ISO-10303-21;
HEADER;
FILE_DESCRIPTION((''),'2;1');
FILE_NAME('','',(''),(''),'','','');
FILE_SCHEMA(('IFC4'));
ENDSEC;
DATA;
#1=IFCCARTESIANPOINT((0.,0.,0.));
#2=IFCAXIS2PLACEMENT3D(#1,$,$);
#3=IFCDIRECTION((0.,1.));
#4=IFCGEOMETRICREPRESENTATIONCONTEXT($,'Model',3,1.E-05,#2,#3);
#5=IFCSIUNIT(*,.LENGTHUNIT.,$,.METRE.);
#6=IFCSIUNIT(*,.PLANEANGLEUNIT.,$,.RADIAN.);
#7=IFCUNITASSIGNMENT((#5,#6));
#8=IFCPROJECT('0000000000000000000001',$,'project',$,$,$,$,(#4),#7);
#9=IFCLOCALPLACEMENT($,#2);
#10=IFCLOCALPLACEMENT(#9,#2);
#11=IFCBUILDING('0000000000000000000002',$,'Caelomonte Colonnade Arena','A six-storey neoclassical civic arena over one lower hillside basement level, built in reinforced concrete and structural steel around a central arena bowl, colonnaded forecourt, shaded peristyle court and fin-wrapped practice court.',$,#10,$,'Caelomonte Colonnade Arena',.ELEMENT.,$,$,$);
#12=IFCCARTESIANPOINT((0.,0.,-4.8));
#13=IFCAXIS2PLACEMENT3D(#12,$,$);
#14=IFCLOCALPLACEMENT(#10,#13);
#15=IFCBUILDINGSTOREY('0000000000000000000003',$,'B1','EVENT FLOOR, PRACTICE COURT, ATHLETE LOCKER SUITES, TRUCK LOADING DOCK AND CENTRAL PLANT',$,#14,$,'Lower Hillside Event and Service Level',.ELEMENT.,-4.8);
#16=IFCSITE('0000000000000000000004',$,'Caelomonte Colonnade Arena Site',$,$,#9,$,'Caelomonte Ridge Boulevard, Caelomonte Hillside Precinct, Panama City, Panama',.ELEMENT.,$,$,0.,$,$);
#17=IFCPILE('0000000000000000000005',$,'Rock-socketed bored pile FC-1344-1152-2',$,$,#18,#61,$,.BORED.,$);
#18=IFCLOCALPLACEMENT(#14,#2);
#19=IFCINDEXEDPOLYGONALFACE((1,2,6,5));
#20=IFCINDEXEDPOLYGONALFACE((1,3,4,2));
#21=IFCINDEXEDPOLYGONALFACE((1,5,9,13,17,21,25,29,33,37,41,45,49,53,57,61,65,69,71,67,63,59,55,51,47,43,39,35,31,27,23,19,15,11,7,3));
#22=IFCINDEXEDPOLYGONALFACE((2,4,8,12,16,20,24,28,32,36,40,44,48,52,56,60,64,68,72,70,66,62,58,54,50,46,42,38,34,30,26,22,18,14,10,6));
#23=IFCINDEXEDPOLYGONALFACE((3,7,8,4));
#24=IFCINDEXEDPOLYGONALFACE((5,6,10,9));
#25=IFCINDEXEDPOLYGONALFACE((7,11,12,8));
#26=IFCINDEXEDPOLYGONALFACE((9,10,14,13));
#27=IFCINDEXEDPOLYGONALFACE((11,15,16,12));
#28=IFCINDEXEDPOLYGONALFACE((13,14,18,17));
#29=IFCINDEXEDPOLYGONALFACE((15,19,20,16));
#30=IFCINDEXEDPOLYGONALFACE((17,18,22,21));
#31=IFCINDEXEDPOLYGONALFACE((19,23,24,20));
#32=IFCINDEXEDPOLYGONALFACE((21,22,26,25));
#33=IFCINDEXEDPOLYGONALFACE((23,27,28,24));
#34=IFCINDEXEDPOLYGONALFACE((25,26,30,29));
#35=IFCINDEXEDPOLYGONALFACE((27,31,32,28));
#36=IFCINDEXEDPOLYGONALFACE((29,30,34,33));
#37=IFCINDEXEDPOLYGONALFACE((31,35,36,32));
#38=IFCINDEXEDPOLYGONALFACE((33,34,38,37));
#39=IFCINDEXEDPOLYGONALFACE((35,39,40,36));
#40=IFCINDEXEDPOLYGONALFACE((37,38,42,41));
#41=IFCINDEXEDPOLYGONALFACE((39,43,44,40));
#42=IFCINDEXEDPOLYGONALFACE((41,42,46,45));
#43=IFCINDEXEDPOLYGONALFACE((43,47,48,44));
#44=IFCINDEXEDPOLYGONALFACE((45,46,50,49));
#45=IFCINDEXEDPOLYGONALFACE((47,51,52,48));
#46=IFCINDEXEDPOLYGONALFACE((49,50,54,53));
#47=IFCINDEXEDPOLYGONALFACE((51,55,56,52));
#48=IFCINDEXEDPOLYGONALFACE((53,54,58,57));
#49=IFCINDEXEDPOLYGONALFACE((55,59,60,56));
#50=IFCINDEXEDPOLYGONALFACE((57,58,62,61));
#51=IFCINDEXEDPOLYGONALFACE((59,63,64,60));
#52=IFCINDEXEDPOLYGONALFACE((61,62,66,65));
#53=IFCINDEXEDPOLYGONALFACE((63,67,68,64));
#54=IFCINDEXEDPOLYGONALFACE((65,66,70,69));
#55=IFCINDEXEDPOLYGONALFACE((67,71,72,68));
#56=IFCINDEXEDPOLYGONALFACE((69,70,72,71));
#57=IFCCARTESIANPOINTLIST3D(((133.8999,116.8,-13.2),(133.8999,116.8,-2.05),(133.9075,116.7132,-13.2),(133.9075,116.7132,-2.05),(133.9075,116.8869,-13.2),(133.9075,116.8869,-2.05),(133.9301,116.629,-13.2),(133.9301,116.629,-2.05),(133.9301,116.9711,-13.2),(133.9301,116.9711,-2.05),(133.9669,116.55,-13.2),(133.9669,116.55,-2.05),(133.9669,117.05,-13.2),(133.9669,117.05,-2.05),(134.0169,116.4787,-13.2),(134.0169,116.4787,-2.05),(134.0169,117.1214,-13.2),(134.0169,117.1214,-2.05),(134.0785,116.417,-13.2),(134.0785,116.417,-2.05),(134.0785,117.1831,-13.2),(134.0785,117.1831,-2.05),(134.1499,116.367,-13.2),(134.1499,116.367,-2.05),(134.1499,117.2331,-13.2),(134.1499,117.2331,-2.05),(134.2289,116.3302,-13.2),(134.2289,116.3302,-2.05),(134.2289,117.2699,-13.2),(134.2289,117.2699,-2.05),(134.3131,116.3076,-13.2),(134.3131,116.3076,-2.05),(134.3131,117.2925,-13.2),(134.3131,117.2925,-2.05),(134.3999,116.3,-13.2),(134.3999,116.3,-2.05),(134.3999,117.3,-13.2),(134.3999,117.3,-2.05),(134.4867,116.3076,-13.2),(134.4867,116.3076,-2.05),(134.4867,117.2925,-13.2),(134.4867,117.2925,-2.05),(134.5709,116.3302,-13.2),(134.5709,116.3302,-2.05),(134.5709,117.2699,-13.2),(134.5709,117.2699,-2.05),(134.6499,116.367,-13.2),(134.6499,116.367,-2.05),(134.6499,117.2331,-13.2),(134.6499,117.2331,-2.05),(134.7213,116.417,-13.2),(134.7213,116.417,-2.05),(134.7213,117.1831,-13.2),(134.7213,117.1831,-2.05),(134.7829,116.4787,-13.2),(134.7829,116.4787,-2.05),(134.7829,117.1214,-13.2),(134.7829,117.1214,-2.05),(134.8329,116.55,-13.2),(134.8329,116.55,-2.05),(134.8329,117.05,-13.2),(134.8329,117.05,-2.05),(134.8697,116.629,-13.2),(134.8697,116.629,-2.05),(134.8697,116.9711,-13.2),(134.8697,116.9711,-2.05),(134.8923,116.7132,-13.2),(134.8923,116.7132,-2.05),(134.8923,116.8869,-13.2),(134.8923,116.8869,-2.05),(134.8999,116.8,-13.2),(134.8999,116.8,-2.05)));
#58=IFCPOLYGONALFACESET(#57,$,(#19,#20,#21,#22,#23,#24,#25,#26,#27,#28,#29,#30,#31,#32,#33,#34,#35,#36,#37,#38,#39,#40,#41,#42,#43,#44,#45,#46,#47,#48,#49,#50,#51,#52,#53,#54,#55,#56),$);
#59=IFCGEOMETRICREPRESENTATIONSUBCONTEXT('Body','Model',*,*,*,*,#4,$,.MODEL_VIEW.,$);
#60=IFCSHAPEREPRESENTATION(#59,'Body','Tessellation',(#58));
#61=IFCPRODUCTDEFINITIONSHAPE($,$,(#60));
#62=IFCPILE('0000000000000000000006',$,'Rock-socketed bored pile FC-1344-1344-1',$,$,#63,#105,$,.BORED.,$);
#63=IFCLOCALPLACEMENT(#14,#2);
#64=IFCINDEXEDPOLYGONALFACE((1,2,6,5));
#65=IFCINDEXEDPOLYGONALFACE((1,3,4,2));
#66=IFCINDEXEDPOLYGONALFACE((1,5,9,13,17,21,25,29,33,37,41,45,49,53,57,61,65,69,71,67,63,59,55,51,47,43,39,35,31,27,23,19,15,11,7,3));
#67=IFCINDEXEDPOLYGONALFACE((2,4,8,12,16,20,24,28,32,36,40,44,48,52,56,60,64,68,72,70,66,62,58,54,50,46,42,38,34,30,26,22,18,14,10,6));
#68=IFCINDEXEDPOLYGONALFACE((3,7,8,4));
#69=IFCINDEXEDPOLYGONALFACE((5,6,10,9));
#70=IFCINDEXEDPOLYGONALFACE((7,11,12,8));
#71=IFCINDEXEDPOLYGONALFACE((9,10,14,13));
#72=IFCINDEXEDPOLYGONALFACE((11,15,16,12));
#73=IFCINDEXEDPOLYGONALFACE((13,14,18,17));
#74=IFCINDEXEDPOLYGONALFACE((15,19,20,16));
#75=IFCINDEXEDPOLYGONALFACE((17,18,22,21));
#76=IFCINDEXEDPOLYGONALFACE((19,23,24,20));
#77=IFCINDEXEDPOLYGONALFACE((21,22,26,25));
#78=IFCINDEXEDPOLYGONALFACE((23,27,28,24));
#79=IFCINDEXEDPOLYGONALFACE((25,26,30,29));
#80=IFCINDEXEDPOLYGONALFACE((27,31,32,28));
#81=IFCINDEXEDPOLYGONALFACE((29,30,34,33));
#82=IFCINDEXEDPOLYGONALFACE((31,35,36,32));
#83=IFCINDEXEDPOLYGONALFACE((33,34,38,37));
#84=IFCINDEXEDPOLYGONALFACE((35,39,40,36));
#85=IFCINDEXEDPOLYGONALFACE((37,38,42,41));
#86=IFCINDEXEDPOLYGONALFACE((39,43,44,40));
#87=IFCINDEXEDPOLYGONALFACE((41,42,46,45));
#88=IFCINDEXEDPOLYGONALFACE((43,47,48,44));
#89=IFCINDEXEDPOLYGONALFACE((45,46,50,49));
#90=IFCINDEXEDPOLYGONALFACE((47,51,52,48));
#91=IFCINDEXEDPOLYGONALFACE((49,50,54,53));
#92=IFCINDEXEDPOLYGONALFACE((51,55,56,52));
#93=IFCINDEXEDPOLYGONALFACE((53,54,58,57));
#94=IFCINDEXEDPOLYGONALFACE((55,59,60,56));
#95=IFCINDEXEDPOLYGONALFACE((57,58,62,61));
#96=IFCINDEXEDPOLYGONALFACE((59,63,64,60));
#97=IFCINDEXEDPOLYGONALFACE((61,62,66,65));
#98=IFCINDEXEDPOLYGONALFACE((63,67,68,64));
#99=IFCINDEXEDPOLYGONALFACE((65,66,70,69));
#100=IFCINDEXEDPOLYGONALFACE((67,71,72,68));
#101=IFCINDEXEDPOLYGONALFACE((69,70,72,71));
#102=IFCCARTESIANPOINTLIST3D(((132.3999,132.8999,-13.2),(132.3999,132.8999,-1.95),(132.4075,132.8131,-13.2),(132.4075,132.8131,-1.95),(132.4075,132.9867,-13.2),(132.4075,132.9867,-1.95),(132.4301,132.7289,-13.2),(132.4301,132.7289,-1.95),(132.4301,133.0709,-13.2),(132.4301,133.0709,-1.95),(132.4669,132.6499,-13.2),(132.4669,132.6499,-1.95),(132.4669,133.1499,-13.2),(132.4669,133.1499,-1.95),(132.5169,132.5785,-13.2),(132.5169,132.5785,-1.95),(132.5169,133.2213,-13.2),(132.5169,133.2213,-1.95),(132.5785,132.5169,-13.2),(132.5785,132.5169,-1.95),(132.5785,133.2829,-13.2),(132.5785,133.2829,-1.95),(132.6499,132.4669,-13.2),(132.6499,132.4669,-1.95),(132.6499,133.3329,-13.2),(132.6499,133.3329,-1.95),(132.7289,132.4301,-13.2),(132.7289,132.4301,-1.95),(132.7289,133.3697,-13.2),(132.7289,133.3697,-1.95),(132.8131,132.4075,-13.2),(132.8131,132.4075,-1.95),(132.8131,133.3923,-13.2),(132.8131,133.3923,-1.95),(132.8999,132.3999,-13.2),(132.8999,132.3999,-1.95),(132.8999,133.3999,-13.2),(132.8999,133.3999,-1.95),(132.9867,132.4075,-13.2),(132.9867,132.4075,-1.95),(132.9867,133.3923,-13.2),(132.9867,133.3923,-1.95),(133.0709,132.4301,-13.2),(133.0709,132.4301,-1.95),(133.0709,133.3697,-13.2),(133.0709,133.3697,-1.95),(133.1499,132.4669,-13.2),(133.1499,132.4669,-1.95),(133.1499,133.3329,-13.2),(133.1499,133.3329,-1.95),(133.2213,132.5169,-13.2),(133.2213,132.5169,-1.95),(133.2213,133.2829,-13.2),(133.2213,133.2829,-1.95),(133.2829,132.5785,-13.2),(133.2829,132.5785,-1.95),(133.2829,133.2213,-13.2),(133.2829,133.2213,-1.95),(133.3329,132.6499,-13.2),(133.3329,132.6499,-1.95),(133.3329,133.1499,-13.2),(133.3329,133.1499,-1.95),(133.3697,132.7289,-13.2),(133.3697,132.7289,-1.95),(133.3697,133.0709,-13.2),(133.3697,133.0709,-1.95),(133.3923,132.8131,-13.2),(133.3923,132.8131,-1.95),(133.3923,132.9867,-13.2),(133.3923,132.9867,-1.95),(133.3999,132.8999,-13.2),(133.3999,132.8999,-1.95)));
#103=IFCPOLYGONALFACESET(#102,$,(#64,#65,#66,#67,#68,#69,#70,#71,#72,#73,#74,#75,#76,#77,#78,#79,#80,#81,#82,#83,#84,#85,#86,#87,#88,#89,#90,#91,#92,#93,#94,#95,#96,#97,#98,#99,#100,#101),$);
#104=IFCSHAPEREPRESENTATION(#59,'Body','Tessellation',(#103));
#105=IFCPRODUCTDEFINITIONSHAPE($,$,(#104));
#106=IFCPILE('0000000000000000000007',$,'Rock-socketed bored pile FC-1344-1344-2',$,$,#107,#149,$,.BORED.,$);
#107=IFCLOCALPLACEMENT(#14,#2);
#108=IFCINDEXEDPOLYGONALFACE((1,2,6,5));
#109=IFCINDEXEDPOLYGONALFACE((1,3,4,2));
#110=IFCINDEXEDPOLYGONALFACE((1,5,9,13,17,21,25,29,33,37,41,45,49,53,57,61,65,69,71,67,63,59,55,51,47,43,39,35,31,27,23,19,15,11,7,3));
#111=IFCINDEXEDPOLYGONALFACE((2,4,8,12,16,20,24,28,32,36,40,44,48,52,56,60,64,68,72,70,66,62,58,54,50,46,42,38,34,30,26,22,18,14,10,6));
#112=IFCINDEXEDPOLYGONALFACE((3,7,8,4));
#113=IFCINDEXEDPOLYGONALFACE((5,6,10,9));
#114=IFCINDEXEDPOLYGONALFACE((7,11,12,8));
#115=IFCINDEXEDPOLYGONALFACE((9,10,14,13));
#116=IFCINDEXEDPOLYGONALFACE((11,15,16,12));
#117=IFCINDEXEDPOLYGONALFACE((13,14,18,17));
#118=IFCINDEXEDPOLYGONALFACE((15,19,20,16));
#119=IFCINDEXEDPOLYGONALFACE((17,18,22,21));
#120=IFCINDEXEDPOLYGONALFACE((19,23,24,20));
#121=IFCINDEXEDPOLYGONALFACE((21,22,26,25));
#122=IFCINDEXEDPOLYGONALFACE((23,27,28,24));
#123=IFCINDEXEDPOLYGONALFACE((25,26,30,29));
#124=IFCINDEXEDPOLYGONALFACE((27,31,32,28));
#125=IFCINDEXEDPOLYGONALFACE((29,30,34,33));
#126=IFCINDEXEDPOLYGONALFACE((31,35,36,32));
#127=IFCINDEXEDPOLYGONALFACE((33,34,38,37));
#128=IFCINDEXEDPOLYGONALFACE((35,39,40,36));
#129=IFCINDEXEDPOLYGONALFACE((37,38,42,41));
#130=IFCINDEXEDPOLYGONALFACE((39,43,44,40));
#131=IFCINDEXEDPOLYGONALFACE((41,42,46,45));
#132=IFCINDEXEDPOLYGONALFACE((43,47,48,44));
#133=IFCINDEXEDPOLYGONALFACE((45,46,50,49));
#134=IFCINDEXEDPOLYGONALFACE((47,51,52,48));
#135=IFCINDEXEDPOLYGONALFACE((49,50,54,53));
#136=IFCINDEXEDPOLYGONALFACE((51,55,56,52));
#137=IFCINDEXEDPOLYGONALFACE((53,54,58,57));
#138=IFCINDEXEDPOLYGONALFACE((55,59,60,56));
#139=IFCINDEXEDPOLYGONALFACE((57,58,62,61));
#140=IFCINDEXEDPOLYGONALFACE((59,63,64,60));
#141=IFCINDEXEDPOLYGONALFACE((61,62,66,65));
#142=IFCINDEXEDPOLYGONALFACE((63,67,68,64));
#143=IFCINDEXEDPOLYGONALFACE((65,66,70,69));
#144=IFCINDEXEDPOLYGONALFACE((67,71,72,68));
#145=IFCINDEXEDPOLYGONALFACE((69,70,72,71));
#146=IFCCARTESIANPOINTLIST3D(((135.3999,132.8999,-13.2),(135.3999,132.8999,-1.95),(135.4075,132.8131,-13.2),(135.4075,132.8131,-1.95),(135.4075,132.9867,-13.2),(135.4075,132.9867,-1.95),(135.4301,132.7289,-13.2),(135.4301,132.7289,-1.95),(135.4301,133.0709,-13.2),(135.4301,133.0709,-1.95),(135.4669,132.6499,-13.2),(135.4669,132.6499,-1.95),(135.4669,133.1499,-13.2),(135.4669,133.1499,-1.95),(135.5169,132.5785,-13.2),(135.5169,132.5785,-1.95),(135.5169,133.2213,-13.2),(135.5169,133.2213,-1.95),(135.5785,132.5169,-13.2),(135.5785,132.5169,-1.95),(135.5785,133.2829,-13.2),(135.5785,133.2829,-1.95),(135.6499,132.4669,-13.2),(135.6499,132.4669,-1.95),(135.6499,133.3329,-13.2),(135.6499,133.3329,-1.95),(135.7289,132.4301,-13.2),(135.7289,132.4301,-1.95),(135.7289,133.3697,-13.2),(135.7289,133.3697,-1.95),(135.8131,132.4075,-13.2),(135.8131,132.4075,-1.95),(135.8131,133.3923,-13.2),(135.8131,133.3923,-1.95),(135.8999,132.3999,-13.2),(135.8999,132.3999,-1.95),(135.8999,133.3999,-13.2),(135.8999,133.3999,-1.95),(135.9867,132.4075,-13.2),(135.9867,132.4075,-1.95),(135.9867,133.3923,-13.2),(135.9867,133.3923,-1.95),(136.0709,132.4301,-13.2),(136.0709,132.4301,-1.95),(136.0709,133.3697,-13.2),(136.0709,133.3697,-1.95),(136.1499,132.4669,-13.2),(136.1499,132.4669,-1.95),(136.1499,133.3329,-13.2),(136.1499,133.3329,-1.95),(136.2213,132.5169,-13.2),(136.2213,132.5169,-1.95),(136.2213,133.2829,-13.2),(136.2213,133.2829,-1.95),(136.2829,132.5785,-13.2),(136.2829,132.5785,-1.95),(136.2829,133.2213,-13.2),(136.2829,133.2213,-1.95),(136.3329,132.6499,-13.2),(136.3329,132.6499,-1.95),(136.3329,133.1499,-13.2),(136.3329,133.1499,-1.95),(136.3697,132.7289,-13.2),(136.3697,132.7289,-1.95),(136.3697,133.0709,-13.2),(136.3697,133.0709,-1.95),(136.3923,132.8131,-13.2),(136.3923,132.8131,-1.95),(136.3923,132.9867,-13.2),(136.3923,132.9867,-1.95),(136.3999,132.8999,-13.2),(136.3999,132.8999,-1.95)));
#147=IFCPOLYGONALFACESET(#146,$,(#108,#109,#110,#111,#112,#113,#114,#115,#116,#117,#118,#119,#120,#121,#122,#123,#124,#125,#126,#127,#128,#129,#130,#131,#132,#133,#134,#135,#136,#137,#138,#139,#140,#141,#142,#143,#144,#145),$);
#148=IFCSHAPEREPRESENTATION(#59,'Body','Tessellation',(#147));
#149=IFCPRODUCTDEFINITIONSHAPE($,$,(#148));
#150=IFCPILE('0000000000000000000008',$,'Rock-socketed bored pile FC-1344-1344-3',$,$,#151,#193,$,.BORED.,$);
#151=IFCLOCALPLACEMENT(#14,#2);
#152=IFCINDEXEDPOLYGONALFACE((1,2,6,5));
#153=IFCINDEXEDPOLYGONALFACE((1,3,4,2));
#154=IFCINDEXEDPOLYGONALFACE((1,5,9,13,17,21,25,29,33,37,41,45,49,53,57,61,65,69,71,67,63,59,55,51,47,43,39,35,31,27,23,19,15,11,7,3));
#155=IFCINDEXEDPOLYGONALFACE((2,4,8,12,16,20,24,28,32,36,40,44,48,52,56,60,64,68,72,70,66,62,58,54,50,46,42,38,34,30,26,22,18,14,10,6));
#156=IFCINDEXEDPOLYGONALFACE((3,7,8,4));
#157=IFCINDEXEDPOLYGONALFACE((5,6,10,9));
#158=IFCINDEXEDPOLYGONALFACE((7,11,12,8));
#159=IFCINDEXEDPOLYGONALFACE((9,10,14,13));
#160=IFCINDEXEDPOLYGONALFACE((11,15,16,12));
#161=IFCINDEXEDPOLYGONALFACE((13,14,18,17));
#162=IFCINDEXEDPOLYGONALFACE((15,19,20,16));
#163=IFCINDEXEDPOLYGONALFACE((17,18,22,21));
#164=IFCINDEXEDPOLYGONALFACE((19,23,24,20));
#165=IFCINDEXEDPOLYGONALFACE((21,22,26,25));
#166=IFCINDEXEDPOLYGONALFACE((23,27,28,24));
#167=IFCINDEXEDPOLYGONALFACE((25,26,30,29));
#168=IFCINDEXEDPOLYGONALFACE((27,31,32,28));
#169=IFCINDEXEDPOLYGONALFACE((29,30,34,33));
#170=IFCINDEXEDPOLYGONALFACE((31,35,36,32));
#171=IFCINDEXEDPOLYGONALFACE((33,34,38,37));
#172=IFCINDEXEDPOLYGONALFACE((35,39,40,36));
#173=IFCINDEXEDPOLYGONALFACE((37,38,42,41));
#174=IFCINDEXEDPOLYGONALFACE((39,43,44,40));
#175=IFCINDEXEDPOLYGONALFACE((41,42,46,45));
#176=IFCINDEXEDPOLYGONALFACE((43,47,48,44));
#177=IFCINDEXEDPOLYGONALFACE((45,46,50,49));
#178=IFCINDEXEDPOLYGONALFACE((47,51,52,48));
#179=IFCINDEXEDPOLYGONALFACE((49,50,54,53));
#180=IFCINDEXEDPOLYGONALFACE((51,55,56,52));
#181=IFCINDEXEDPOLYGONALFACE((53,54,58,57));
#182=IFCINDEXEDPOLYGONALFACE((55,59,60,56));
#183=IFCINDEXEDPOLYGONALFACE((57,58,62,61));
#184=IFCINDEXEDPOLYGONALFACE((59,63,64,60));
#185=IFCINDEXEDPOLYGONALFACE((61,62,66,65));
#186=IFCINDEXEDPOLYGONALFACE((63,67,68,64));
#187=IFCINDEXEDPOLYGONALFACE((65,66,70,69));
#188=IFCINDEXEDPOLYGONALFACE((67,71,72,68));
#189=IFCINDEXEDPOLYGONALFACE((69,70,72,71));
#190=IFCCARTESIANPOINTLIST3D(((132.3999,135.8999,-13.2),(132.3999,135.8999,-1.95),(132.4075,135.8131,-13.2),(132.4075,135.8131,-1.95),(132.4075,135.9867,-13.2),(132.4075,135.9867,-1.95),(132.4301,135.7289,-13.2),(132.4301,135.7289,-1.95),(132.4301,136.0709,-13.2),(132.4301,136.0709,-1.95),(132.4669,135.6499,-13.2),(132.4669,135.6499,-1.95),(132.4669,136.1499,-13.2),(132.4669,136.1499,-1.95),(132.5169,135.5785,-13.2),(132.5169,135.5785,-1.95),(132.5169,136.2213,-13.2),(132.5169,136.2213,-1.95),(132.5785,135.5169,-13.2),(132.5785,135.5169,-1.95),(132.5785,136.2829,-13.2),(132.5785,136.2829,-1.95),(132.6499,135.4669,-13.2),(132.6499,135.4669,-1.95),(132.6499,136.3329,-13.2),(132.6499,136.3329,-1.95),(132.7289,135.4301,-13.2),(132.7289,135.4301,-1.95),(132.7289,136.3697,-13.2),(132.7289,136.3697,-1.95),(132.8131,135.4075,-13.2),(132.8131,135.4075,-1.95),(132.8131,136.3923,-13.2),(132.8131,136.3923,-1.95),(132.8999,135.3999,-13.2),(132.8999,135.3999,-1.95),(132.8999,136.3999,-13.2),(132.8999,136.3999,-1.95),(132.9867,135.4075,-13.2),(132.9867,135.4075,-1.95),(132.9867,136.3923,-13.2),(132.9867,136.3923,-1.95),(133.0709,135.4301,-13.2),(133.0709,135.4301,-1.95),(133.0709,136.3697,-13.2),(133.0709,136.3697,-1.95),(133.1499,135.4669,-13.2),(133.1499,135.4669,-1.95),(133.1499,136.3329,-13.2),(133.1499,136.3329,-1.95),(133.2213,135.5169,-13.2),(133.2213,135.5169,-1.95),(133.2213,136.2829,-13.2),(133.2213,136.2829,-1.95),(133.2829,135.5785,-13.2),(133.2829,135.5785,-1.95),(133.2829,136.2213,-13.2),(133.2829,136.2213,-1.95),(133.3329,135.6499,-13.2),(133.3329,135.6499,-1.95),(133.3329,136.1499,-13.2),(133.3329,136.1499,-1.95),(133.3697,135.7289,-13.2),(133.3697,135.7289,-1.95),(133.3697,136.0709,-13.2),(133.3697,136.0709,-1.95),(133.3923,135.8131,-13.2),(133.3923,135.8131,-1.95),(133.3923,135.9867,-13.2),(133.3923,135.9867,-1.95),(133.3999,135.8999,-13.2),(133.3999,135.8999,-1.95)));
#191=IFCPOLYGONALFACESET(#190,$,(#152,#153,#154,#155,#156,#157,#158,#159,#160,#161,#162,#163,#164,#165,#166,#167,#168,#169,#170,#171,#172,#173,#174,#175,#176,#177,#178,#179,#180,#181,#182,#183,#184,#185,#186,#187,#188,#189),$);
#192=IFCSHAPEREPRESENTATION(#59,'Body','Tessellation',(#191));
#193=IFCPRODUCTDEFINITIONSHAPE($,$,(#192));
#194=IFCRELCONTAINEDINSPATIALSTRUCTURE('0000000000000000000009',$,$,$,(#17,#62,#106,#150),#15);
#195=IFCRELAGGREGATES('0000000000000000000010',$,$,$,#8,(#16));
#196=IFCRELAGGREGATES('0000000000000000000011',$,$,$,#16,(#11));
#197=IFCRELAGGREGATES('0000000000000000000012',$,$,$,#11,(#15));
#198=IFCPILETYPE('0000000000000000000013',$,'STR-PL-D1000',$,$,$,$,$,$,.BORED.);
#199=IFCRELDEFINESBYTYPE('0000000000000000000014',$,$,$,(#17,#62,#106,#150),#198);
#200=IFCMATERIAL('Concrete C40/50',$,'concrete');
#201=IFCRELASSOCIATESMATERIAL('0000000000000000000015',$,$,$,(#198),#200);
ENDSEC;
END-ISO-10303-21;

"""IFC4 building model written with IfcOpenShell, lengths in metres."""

from ifc_helpers import new_model, si_unit, direction, frame, origin, origin_2d, place, context, subcontext, project, spatial, circle, extrude, material, material_profile, profile_set, type_object, element, save


model = new_model("IFC4")

# Units and contexts
model_context = context("Model", 3, precision=1e-05, world=origin(), true_north=direction((0.0, 1.0)))
body_context = subcontext(model_context, "Body", "Model", "MODEL_VIEW")
ifc_project = project(units=[si_unit("LENGTHUNIT", "METRE"), si_unit("PLANEANGLEUNIT", "RADIAN")], contexts=[model_context])

# Site, building, storey
site_placement = place(None, origin())
site = spatial("IfcSite", under=ifc_project, at=site_placement, Name="Caelomonte Colonnade Arena Site", LongName="Caelomonte Ridge Boulevard, Caelomonte Hillside Precinct, Panama City, Panama", CompositionType="ELEMENT", RefElevation=0.0)
building_placement = place(site_placement, origin())
building = spatial("IfcBuilding", under=site, at=building_placement, Name="Caelomonte Colonnade Arena", Description="A six-storey neoclassical civic arena over one lower hillside basement level, built in reinforced concrete and structural steel around a central arena bowl, colonnaded forecourt, shaded peristyle court and fin-wrapped practice court.", LongName="Caelomonte Colonnade Arena", CompositionType="ELEMENT")
storey_placement = place(building_placement, frame((0.0, 0.0, -4.8)))
storey = spatial("IfcBuildingStorey", under=building, at=storey_placement, Name="B1", Description="EVENT FLOOR, PRACTICE COURT, ATHLETE LOCKER SUITES, TRUCK LOADING DOCK AND CENTRAL PLANT", LongName="Lower Hillside Event and Service Level", CompositionType="ELEMENT", Elevation=-4.8)

# Shared definitions
ifc_material_1 = material(Name="Concrete C40/50", Category="concrete")

# Piles
ifc_material_profile_1 = material_profile(ifc_material_1, circle(Radius=0.5, at=origin_2d()), Name="PILE-D1000")
ifc_profile_set_1 = profile_set([ifc_material_profile_1], Name="Concrete C40/50")
pile_type_1 = type_object("IfcPileType", Name="STR-PL-D1000", PredefinedType="BORED", material=ifc_profile_set_1)
pile_1_placement = place(storey_placement, frame((134.3999, 116.8, -2.05), z_axis=(0.0, 0.0, -1.0), x_axis=(1.0, 0.0, 0.0)))
element("IfcPile", 1, at=pile_1_placement, inside=storey, type_object=pile_type_1, Name="Rock-socketed bored pile FC-1344-1152-2", PredefinedType="BORED", context=body_context, shape_type="SweptSolid", body=[
    extrude(circle(Radius=0.5, at=origin_2d()), origin(), (0.0, 0.0, 1.0), 11.1499),
])
for number, where, z_axis, x_axis, name in (
    (2, (132.8999, 132.8999, -1.95), (0.0, 0.0, -1.0), (1.0, 0.0, 0.0), "Rock-socketed bored pile FC-1344-1344-1"),
    (3, (135.8999, 132.8999, -1.95), (0.0, 0.0, -1.0), (1.0, 0.0, 0.0), "Rock-socketed bored pile FC-1344-1344-2"),
    (4, (132.8999, 135.8999, -1.95), (0.0, 0.0, -1.0), (1.0, 0.0, 0.0), "Rock-socketed bored pile FC-1344-1344-3"),
):
    element("IfcPile", number, at=place(storey_placement, frame(where, z_axis=z_axis, x_axis=x_axis)), inside=storey, type_object=pile_type_1, Name=name, PredefinedType="BORED", context=body_context, shape_type="SweptSolid", body=[
        extrude(circle(Radius=0.5, at=origin_2d()), origin(), (0.0, 0.0, 1.0), 11.25),
    ])

save(model, "model.ifc")
